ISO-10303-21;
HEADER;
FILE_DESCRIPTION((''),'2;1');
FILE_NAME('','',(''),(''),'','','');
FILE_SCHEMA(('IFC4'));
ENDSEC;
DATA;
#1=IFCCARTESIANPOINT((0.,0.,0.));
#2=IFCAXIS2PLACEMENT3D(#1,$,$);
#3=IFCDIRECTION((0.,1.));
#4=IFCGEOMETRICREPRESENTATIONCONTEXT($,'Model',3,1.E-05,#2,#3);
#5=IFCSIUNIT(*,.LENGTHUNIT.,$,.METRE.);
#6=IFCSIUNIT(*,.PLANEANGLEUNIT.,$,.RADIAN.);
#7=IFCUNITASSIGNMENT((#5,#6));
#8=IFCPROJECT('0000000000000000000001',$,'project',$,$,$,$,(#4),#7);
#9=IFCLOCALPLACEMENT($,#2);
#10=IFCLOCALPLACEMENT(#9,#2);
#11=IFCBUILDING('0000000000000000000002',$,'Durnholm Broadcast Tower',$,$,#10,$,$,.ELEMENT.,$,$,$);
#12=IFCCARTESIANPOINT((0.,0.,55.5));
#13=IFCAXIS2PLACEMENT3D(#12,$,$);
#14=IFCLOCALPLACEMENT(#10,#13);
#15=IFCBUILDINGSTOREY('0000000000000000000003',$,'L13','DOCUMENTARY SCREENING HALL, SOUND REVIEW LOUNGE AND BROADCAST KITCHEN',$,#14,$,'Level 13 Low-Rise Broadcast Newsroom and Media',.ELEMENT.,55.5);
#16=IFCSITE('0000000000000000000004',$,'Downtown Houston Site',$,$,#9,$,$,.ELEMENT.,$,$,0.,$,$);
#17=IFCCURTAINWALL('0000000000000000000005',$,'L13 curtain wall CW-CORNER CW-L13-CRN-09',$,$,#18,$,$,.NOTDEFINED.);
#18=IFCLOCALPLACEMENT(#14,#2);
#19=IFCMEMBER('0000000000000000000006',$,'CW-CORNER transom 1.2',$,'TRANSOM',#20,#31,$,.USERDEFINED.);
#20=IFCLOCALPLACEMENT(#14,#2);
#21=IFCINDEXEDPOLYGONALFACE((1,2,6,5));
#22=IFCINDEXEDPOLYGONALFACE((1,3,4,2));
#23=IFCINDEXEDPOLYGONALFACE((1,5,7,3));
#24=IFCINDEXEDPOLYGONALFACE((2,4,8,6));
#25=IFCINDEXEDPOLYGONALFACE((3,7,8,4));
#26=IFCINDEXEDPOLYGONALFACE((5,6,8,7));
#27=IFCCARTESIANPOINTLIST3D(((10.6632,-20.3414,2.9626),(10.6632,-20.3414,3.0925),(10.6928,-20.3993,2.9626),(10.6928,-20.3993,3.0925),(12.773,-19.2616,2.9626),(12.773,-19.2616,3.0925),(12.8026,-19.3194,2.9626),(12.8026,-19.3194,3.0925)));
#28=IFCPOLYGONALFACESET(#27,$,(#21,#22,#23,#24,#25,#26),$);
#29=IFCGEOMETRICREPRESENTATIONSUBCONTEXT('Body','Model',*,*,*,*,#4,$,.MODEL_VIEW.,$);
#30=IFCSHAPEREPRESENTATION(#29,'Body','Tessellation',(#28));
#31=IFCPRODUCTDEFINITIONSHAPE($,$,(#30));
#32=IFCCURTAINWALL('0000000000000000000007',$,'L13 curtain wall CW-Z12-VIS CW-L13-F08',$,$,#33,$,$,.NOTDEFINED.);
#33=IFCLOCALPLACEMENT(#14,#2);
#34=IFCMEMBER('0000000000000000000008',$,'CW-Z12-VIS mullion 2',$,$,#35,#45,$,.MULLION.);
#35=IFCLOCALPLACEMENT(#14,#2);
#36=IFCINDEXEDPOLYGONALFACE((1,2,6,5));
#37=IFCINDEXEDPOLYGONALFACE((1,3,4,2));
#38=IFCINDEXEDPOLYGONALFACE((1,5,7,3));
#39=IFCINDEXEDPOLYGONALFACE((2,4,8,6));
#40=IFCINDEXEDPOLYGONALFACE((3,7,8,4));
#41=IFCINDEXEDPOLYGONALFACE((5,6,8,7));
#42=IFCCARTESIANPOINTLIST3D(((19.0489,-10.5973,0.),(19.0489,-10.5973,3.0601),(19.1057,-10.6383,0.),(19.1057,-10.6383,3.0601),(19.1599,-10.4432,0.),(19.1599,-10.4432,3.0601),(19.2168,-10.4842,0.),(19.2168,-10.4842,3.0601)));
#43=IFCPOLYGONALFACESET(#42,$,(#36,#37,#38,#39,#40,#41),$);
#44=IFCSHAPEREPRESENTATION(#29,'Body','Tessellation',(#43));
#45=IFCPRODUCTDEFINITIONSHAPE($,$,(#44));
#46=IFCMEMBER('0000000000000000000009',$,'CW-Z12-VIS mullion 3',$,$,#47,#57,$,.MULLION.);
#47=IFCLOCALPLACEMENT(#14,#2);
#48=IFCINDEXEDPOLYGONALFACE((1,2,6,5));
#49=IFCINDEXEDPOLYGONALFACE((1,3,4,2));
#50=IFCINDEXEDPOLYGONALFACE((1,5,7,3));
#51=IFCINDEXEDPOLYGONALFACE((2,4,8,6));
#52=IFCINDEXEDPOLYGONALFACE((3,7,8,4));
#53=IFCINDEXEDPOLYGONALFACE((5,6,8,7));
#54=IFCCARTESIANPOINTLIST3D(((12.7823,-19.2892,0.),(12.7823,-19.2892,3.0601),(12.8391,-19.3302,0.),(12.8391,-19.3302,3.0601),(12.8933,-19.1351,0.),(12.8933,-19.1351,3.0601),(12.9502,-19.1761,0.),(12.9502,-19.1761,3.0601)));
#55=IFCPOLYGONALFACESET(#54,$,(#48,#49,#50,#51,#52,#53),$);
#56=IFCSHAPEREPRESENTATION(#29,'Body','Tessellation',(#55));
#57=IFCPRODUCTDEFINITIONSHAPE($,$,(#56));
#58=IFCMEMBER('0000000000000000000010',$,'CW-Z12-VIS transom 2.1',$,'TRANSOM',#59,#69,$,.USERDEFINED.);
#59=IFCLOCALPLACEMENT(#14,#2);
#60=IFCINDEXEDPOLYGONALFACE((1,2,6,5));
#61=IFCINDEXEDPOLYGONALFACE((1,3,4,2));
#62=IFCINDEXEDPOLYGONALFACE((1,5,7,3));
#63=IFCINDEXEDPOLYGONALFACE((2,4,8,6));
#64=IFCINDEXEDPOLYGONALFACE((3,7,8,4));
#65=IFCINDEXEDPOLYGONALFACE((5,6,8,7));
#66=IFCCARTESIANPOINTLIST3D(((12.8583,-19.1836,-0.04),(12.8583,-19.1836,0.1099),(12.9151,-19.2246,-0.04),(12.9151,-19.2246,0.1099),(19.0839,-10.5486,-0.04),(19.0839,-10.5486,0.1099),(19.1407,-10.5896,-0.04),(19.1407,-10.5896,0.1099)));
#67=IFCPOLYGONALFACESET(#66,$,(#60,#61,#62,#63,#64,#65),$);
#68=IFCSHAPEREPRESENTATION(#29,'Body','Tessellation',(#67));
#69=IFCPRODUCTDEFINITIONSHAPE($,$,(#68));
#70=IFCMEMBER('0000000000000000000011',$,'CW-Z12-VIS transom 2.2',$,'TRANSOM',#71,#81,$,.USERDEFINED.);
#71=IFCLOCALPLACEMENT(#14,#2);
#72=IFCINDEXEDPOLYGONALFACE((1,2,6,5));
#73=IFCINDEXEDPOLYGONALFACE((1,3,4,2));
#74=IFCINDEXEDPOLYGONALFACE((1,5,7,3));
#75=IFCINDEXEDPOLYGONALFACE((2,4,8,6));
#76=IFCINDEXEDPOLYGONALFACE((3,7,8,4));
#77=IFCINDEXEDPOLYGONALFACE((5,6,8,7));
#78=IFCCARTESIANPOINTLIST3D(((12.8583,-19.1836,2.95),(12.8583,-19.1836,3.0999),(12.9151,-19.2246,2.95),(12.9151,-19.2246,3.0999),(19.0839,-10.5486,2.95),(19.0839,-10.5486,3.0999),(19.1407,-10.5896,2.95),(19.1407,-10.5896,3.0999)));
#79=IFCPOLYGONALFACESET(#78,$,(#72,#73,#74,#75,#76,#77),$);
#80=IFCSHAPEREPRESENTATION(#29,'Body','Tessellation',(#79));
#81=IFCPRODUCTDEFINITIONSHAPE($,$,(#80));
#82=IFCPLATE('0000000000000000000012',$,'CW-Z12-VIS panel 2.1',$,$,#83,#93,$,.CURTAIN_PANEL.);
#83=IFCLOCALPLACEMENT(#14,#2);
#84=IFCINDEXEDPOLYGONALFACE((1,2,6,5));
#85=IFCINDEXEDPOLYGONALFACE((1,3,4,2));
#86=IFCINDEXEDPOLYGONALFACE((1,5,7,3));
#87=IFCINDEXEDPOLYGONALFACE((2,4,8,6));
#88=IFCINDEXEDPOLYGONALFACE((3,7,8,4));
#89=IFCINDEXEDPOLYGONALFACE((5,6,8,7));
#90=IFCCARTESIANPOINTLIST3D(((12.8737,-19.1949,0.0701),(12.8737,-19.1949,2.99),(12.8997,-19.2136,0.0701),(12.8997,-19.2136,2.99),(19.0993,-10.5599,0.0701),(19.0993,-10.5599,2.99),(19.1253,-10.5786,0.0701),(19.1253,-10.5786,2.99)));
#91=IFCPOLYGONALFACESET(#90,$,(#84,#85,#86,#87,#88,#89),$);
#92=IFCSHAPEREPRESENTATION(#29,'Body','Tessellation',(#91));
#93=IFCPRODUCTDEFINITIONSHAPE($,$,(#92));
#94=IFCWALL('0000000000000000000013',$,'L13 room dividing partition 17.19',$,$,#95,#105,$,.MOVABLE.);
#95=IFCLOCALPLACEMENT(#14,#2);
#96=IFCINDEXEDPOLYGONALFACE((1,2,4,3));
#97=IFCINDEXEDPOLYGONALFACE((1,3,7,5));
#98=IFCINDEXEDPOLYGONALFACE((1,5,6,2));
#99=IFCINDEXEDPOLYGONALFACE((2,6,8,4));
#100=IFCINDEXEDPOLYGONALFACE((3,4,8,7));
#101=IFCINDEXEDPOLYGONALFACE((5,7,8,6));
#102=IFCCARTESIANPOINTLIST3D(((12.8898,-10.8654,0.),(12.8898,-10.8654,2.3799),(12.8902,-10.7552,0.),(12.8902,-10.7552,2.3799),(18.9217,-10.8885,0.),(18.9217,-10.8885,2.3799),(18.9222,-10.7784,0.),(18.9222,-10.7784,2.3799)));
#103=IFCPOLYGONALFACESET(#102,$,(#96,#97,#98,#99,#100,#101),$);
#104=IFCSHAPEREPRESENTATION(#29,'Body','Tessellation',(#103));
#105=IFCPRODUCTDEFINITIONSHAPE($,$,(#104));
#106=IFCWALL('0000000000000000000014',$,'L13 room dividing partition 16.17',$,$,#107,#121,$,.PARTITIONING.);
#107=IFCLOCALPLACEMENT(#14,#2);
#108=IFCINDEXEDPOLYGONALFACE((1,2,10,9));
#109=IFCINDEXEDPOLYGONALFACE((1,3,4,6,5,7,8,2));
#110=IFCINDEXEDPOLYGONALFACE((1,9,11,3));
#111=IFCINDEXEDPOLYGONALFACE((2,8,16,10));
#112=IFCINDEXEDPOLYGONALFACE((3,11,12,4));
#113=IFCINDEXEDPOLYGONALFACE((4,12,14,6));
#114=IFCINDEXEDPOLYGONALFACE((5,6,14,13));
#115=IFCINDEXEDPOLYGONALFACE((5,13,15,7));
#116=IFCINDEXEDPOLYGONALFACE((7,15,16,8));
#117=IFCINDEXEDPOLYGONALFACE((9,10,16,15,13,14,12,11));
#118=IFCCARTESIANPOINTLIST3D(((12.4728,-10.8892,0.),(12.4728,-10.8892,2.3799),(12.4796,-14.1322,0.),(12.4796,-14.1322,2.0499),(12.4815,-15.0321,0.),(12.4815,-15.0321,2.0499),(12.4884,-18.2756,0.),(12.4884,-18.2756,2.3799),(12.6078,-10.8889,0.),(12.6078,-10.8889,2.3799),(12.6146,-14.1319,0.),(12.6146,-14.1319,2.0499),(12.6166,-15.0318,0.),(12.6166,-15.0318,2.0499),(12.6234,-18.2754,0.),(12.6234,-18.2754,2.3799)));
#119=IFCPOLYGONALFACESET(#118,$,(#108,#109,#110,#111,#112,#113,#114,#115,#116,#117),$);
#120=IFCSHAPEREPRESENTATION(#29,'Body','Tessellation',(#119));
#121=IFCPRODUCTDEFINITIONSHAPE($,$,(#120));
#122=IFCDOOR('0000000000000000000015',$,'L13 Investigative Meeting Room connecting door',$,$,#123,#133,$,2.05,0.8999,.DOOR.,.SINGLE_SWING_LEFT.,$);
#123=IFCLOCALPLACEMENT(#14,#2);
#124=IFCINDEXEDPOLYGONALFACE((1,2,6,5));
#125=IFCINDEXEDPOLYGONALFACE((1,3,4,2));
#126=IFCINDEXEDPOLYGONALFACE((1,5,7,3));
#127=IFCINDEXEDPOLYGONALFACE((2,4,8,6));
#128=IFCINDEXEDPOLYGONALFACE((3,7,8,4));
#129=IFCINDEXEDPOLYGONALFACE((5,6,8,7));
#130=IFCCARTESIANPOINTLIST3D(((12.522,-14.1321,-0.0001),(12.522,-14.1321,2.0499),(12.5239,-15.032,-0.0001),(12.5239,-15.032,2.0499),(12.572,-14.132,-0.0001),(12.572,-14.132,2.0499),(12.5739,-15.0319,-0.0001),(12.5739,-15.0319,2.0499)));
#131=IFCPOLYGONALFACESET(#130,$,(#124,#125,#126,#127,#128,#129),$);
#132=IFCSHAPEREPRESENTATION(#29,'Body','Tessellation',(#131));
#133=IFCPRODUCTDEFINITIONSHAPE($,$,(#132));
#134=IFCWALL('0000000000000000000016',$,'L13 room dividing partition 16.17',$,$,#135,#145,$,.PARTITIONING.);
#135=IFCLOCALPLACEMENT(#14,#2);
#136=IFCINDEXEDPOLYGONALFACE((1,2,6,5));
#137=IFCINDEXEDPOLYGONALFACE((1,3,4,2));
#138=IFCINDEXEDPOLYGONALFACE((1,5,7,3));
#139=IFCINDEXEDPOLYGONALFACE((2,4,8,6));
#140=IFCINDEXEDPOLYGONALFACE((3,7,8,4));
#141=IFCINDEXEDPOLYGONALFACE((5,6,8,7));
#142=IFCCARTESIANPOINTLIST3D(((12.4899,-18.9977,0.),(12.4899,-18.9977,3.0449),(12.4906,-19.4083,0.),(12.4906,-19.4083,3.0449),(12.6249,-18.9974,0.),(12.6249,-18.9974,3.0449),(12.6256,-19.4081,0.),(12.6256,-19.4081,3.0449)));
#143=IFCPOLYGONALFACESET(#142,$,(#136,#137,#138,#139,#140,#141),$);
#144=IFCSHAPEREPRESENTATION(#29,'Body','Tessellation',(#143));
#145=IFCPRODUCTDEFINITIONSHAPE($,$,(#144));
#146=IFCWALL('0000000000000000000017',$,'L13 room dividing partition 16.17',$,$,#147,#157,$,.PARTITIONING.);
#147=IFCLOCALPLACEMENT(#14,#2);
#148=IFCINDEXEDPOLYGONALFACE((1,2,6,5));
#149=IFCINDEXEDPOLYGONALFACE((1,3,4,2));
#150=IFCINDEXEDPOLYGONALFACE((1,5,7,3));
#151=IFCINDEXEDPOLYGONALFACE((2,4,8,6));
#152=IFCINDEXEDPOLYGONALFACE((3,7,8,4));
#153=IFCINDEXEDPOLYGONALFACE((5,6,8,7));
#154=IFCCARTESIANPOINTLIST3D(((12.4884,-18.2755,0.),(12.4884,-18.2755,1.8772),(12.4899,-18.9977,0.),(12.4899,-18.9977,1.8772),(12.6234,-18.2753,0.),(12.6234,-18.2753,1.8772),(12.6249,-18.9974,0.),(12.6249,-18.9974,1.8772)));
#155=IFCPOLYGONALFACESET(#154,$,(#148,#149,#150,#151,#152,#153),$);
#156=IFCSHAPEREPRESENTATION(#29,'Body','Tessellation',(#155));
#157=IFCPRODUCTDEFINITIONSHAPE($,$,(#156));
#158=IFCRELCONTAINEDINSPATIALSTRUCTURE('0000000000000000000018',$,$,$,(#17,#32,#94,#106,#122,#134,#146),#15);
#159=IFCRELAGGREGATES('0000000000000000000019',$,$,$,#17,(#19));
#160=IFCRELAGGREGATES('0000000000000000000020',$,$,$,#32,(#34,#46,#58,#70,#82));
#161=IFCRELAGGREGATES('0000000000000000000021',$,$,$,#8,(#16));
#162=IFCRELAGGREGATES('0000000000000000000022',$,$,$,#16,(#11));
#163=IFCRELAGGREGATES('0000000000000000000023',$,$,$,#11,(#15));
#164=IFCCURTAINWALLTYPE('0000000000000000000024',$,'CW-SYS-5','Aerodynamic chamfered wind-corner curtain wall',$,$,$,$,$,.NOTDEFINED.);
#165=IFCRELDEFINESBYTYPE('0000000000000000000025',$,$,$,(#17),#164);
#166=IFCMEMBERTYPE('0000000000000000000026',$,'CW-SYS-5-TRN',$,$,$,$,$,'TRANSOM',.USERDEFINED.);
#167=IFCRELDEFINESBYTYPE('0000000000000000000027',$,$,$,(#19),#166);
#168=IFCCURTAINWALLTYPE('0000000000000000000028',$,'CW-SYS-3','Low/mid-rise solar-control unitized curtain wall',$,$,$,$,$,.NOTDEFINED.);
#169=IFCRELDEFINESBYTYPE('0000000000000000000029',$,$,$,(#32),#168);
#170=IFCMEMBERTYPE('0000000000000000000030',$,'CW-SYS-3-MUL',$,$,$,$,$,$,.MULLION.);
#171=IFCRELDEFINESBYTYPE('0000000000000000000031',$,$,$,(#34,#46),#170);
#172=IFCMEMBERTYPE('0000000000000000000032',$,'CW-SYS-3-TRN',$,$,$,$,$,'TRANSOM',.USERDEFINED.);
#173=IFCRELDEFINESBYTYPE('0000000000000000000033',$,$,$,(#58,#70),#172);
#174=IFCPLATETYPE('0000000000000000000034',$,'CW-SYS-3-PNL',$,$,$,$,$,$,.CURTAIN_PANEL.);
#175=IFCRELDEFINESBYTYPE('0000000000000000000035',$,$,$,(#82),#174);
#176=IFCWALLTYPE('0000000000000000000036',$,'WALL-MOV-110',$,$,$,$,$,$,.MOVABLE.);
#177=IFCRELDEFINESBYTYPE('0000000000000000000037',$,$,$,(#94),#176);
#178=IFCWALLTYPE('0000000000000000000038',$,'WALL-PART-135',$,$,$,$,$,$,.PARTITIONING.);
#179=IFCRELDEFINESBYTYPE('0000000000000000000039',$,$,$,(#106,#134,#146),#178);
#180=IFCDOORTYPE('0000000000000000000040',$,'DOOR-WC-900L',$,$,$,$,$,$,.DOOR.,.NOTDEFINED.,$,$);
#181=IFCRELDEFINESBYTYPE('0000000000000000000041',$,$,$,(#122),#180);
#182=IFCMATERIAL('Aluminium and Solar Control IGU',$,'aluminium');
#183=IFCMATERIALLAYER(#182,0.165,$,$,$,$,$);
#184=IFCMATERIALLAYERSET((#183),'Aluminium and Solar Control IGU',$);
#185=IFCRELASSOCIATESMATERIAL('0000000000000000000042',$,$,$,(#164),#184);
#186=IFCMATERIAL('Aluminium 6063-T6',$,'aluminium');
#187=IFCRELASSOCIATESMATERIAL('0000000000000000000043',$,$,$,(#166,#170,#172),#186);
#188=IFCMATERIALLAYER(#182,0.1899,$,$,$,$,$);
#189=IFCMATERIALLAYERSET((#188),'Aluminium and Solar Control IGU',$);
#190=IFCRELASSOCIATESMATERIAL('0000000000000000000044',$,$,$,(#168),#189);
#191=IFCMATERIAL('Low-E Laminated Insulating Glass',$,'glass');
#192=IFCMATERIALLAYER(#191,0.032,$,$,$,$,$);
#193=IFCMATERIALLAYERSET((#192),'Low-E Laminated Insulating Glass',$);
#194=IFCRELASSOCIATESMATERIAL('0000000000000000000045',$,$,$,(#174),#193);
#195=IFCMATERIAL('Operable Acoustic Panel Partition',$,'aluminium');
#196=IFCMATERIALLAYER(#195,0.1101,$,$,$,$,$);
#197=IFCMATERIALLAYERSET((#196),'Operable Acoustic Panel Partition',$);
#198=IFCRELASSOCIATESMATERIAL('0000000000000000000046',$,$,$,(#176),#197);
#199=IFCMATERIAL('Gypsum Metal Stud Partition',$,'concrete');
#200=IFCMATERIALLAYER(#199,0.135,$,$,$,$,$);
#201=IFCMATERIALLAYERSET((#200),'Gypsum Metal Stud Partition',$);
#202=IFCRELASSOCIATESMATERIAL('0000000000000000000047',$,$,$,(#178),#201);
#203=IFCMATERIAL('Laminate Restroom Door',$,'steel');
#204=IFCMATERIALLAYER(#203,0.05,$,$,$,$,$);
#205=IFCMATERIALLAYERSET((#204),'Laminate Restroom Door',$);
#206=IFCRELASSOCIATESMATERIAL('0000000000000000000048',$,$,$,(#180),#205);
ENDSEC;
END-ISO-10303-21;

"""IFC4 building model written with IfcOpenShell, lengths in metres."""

from ifc_helpers import new_model, si_unit, direction, frame, frame_2d, origin, origin_2d, place, context, subcontext, project, spatial, rectangle, extrude, source, transform, mapped, material, layer, layer_set, material_profile, profile_set, type_object, type_shapes, element, fill, aggregate, save


model = new_model("IFC4")

# Units and contexts
model_context = context("Model", 3, precision=1e-05, world=origin(), true_north=direction((0.0, 1.0)))
body_context = subcontext(model_context, "Body", "Model", "MODEL_VIEW")
ifc_project = project(units=[si_unit("LENGTHUNIT", "METRE"), si_unit("PLANEANGLEUNIT", "RADIAN")], contexts=[model_context])

# Site, building, storey
site_placement = place(None, origin())
site = spatial("IfcSite", under=ifc_project, at=site_placement, Name="Downtown Houston Site", CompositionType="ELEMENT", RefElevation=0.0)
building_placement = place(site_placement, origin())
building = spatial("IfcBuilding", under=site, at=building_placement, Name="Durnholm Broadcast Tower", CompositionType="ELEMENT")
storey_placement = place(building_placement, frame((0.0, 0.0, 55.5)))
storey = spatial("IfcBuildingStorey", under=building, at=storey_placement, Name="L13", Description="DOCUMENTARY SCREENING HALL, SOUND REVIEW LOUNGE AND BROADCAST KITCHEN", LongName="Level 13 Low-Rise Broadcast Newsroom and Media", CompositionType="ELEMENT", Elevation=55.5)

# Curtain wall, member
ifc_material_1 = material(Name="Aluminium and Solar Control IGU", Category="aluminium")
ifc_layer_1 = layer(ifc_material_1, 0.165)
ifc_layer_set_1 = layer_set([ifc_layer_1], Name="Aluminium and Solar Control IGU")
curtain_wall_type_1 = type_object("IfcCurtainWallType", Name="CW-SYS-5", Description="Aerodynamic chamfered wind-corner curtain wall", PredefinedType="NOTDEFINED", material=ifc_layer_set_1)
curtain_wall_1_placement = place(storey_placement, origin())
curtain_wall_1 = element("IfcCurtainWall", 1, at=curtain_wall_1_placement, inside=storey, type_object=curtain_wall_type_1, Name="L13 curtain wall CW-CORNER CW-L13-CRN-09", PredefinedType="NOTDEFINED")
ifc_material_2 = material(Name="Aluminium 6063-T6", Category="aluminium")
ifc_material_profile_1 = material_profile(ifc_material_2, rectangle(XDim=0.0649, YDim=0.1299, at=origin_2d()), Name="CWT65X130")
ifc_profile_set_1 = profile_set([ifc_material_profile_1], Name="Aluminium 6063-T6")
member_type_1 = type_object("IfcMemberType", Name="CW-SYS-5-TRN", ElementType="TRANSOM", PredefinedType="USERDEFINED", material=ifc_profile_set_1)
shared_shape_1 = source(origin(), body_context, "Body", "SweptSolid", [
    extrude(rectangle(XDim=0.0649, YDim=0.1299, at=origin_2d()), origin(), (0.0, 0.0, 1.0), 2.3701),
])
type_shapes(member_type_1, [shared_shape_1])
member_1_placement = place(storey_placement, frame((12.7878, -19.2905, 3.0276), z_axis=(-0.890185, -0.455599, 0.0), x_axis=(0.455599, -0.890185, 0.0)))
member_1 = element("IfcMember", 2, at=member_1_placement, type_object=member_type_1, Name="CW-CORNER transom 1.2", ObjectType="TRANSOM", PredefinedType="USERDEFINED", context=body_context, shape_type="MappedRepresentation", body=[
    mapped(shared_shape_1, transform((0.0, 0.0, 0.0), x_axis=(1.0, 0.0, 0.0), y_axis=(0.0, 1.0, 0.0), z_axis=(0.0, 0.0, 1.0), scale=1.0)),
])
aggregate(curtain_wall_1, [member_1])

# Curtain wall, members, plate
ifc_layer_2 = layer(ifc_material_1, 0.1899)
ifc_layer_set_2 = layer_set([ifc_layer_2], Name="Aluminium and Solar Control IGU")
curtain_wall_type_2 = type_object("IfcCurtainWallType", Name="CW-SYS-3", Description="Low/mid-rise solar-control unitized curtain wall", PredefinedType="NOTDEFINED", material=ifc_layer_set_2)
curtain_wall_2_placement = place(storey_placement, origin())
curtain_wall_2 = element("IfcCurtainWall", 3, at=curtain_wall_2_placement, inside=storey, type_object=curtain_wall_type_2, Name="L13 curtain wall CW-Z12-VIS CW-L13-F08", PredefinedType="NOTDEFINED")
ifc_material_profile_2 = material_profile(ifc_material_2, rectangle(XDim=0.0701, YDim=0.1899, at=origin_2d()), Name="CWM70X190")
ifc_profile_set_2 = profile_set([ifc_material_profile_2], Name="Aluminium 6063-T6")
member_type_2 = type_object("IfcMemberType", Name="CW-SYS-3-MUL", PredefinedType="MULLION", material=ifc_profile_set_2)
shared_shape_2 = source(origin(), body_context, "Body", "SweptSolid", [
    extrude(rectangle(XDim=0.0701, YDim=0.1899, at=origin_2d()), origin(), (0.0, 0.0, 1.0), 3.0601),
])
type_shapes(member_type_2, [shared_shape_2])
member_2_placement = place(storey_placement, frame((19.1328, -10.5408, 0.0), z_axis=(0.0, 0.0, 1.0), x_axis=(0.811161, -0.584823, 0.0)))
member_2 = element("IfcMember", 4, at=member_2_placement, type_object=member_type_2, Name="CW-Z12-VIS mullion 2", PredefinedType="MULLION", context=body_context, shape_type="MappedRepresentation", body=[
    mapped(shared_shape_2, transform((0.0, 0.0, 0.0), x_axis=(1.0, 0.0, 0.0), y_axis=(0.0, 1.0, 0.0), z_axis=(0.0, 0.0, 1.0), scale=1.0)),
])
member_3_placement = place(storey_placement, frame((12.8662, -19.2327, 0.0), z_axis=(0.0, 0.0, 1.0), x_axis=(0.811161, -0.584823, 0.0)))
member_3 = element("IfcMember", 5, at=member_3_placement, type_object=member_type_2, Name="CW-Z12-VIS mullion 3", PredefinedType="MULLION", context=body_context, shape_type="MappedRepresentation", body=[
    mapped(shared_shape_2, transform((0.0, 0.0, 0.0), x_axis=(1.0, 0.0, 0.0), y_axis=(0.0, 1.0, 0.0), z_axis=(0.0, 0.0, 1.0), scale=1.0)),
])
ifc_material_profile_3 = material_profile(ifc_material_2, rectangle(XDim=0.0701, YDim=0.1499, at=origin_2d()), Name="CWT70X150")
ifc_profile_set_3 = profile_set([ifc_material_profile_3], Name="Aluminium 6063-T6")
member_type_3 = type_object("IfcMemberType", Name="CW-SYS-3-TRN", ElementType="TRANSOM", PredefinedType="USERDEFINED", material=ifc_profile_set_3)
shared_shape_3 = source(origin(), body_context, "Body", "SweptSolid", [
    extrude(rectangle(XDim=0.0701, YDim=0.1499, at=origin_2d()), origin(), (0.0, 0.0, 1.0), 10.6453),
])
type_shapes(member_type_3, [shared_shape_3])
member_4_placement = place(storey_placement, frame((19.1123, -10.5691, 0.0349), z_axis=(-0.584823, -0.811161, 0.0), x_axis=(0.811161, -0.584823, 0.0)))
member_4 = element("IfcMember", 6, at=member_4_placement, type_object=member_type_3, Name="CW-Z12-VIS transom 2.1", ObjectType="TRANSOM", PredefinedType="USERDEFINED", context=body_context, shape_type="MappedRepresentation", body=[
    mapped(shared_shape_3, transform((0.0, 0.0, 0.0), x_axis=(1.0, 0.0, 0.0), y_axis=(0.0, 1.0, 0.0), z_axis=(0.0, 0.0, 1.0), scale=1.0)),
])
member_5_placement = place(storey_placement, frame((19.1123, -10.5691, 3.0249), z_axis=(-0.584823, -0.811161, 0.0), x_axis=(0.811161, -0.584823, 0.0)))
member_5 = element("IfcMember", 7, at=member_5_placement, type_object=member_type_3, Name="CW-Z12-VIS transom 2.2", ObjectType="TRANSOM", PredefinedType="USERDEFINED", context=body_context, shape_type="MappedRepresentation", body=[
    mapped(shared_shape_3, transform((0.0, 0.0, 0.0), x_axis=(1.0, 0.0, 0.0), y_axis=(0.0, 1.0, 0.0), z_axis=(0.0, 0.0, 1.0), scale=1.0)),
])
ifc_material_3 = material(Name="Low-E Laminated Insulating Glass", Category="glass")
ifc_layer_3 = layer(ifc_material_3, 0.032)
ifc_layer_set_3 = layer_set([ifc_layer_3], Name="Low-E Laminated Insulating Glass")
plate_type = type_object("IfcPlateType", Name="CW-SYS-3-PNL", PredefinedType="CURTAIN_PANEL", material=ifc_layer_set_3)
shared_shape_4 = source(origin(), body_context, "Body", "SweptSolid", [
    extrude(rectangle(XDim=10.6453, YDim=0.032, at=origin_2d()), origin(), (0.0, 0.0, 1.0), 2.9199),
])
type_shapes(plate_type, [shared_shape_4])
plate_placement = place(storey_placement, frame((15.9995, -14.8867, 0.0701), z_axis=(0.0, 0.0, 1.0), x_axis=(-0.584823, -0.811161, 0.0)))
plate = element("IfcPlate", 8, at=plate_placement, type_object=plate_type, Name="CW-Z12-VIS panel 2.1", PredefinedType="CURTAIN_PANEL", context=body_context, shape_type="MappedRepresentation", body=[
    mapped(shared_shape_4, transform((0.0, 0.0, 0.0), x_axis=(1.0, 0.0, 0.0), y_axis=(0.0, 1.0, 0.0), z_axis=(0.0, 0.0, 1.0), scale=1.0)),
])
aggregate(curtain_wall_2, [member_2, member_3, member_4, member_5, plate])

# Wall
ifc_material_4 = material(Name="Operable Acoustic Panel Partition", Category="aluminium")
ifc_layer_4 = layer(ifc_material_4, 0.1101)
ifc_layer_set_4 = layer_set([ifc_layer_4], Name="Operable Acoustic Panel Partition")
wall_type_1 = type_object("IfcWallType", Name="WALL-MOV-110", PredefinedType="MOVABLE", material=ifc_layer_set_4)
wall_1_placement = place(storey_placement, frame((12.8899, -10.8103, 0.0), z_axis=(0.0, 0.0, 1.0), x_axis=(0.999993, -0.003845, 0.0)))
element("IfcWall", 9, at=wall_1_placement, inside=storey, type_object=wall_type_1, Name="L13 room dividing partition 17.19", PredefinedType="MOVABLE", context=body_context, shape_type="SweptSolid", body=[
    extrude(rectangle(XDim=6.032, YDim=0.1101, at=frame_2d((3.0161, 0.0))), origin(), (0.0, 0.0, 1.0), 2.3799),
])

# Wall, opening, door
ifc_material_5 = material(Name="Gypsum Metal Stud Partition", Category="concrete")
ifc_layer_5 = layer(ifc_material_5, 0.135)
ifc_layer_set_5 = layer_set([ifc_layer_5], Name="Gypsum Metal Stud Partition")
wall_type_2 = type_object("IfcWallType", Name="WALL-PART-135", PredefinedType="PARTITIONING", material=ifc_layer_set_5)
wall_2_placement = place(storey_placement, frame((12.5403, -10.8889, 0.0), z_axis=(0.0, 0.0, 1.0), x_axis=(0.002115, -0.999998, 0.0)))
wall_2 = element("IfcWall", 10, at=wall_2_placement, inside=storey, type_object=wall_type_2, Name="L13 room dividing partition 16.17", PredefinedType="PARTITIONING", context=body_context, shape_type="SweptSolid", body=[
    extrude(rectangle(XDim=7.3865, YDim=0.135, at=frame_2d((3.6934, 0.0))), origin(), (0.0, 0.0, 1.0), 2.3799),
])
opening_1_placement = place(wall_2_placement, frame((3.2432, 0.0, 0.0)))
opening_1 = element("IfcOpeningElement", 11, at=opening_1_placement, cuts=wall_2, PredefinedType="OPENING", context=body_context, shape_type="SweptSolid", body=[
    extrude(rectangle(XDim=0.8999, YDim=2.05, at=frame_2d((0.45, 1.0249))), frame((0.0, 0.0776, 0.0), z_axis=(0.0, -1.0, 0.0), x_axis=(1.0, 0.0, 0.0)), (0.0, 0.0, 1.0), 0.155),
])
ifc_material_6 = material(Name="Laminate Restroom Door", Category="steel")
ifc_layer_6 = layer(ifc_material_6, 0.05)
ifc_layer_set_6 = layer_set([ifc_layer_6], Name="Laminate Restroom Door")
door_type = type_object("IfcDoorType", Name="DOOR-WC-900L", OperationType="NOTDEFINED", PredefinedType="DOOR", material=ifc_layer_set_6)
shared_shape_5 = source(origin(), body_context, "Body", "SweptSolid", [
    extrude(rectangle(XDim=0.8999, YDim=2.05, at=frame_2d((0.45, 1.0249))), frame((0.0, 0.0249, 0.0), z_axis=(0.0, -1.0, 0.0), x_axis=(1.0, 0.0, 0.0)), (0.0, 0.0, 1.0), 0.05),
])
type_shapes(door_type, [shared_shape_5])
door_1_placement = place(opening_1_placement, origin())
door_1 = element("IfcDoor", 12, at=door_1_placement, inside=storey, type_object=door_type, Name="L13 Investigative Meeting Room connecting door", OperationType="SINGLE_SWING_LEFT", OverallHeight=2.05, OverallWidth=0.8999, PredefinedType="DOOR", context=body_context, shape_type="MappedRepresentation", body=[
    mapped(shared_shape_5, transform((0.0, 0.0, 0.0), x_axis=(1.0, 0.0, 0.0), y_axis=(0.0, 1.0, 0.0), z_axis=(0.0, 0.0, 1.0), scale=1.0)),
])
fill(opening_1, door_1)

# Walls
wall_3_placement = place(storey_placement, frame((12.5574, -18.9976, 0.0), z_axis=(0.0, 0.0, 1.0), x_axis=(0.001784, -0.999998, 0.0)))
element("IfcWall", 13, at=wall_3_placement, inside=storey, type_object=wall_type_2, Name="L13 room dividing partition 16.17", PredefinedType="PARTITIONING", context=body_context, shape_type="SweptSolid", body=[
    extrude(rectangle(XDim=0.4106, YDim=0.135, at=frame_2d((0.2053, 0.0))), origin(), (0.0, 0.0, 1.0), 3.0449),
])
wall_4_placement = place(storey_placement, frame((12.5559, -18.2754, 0.0), z_axis=(0.0, 0.0, 1.0), x_axis=(0.002028, -0.999998, 0.0)))
element("IfcWall", 14, at=wall_4_placement, inside=storey, type_object=wall_type_2, Name="L13 room dividing partition 16.17", PredefinedType="PARTITIONING", context=body_context, shape_type="SweptSolid", body=[
    extrude(rectangle(XDim=0.7222, YDim=0.135, at=frame_2d((0.3611, 0.0))), origin(), (0.0, 0.0, 1.0), 1.8772),
])

save(model, "model.ifc")
